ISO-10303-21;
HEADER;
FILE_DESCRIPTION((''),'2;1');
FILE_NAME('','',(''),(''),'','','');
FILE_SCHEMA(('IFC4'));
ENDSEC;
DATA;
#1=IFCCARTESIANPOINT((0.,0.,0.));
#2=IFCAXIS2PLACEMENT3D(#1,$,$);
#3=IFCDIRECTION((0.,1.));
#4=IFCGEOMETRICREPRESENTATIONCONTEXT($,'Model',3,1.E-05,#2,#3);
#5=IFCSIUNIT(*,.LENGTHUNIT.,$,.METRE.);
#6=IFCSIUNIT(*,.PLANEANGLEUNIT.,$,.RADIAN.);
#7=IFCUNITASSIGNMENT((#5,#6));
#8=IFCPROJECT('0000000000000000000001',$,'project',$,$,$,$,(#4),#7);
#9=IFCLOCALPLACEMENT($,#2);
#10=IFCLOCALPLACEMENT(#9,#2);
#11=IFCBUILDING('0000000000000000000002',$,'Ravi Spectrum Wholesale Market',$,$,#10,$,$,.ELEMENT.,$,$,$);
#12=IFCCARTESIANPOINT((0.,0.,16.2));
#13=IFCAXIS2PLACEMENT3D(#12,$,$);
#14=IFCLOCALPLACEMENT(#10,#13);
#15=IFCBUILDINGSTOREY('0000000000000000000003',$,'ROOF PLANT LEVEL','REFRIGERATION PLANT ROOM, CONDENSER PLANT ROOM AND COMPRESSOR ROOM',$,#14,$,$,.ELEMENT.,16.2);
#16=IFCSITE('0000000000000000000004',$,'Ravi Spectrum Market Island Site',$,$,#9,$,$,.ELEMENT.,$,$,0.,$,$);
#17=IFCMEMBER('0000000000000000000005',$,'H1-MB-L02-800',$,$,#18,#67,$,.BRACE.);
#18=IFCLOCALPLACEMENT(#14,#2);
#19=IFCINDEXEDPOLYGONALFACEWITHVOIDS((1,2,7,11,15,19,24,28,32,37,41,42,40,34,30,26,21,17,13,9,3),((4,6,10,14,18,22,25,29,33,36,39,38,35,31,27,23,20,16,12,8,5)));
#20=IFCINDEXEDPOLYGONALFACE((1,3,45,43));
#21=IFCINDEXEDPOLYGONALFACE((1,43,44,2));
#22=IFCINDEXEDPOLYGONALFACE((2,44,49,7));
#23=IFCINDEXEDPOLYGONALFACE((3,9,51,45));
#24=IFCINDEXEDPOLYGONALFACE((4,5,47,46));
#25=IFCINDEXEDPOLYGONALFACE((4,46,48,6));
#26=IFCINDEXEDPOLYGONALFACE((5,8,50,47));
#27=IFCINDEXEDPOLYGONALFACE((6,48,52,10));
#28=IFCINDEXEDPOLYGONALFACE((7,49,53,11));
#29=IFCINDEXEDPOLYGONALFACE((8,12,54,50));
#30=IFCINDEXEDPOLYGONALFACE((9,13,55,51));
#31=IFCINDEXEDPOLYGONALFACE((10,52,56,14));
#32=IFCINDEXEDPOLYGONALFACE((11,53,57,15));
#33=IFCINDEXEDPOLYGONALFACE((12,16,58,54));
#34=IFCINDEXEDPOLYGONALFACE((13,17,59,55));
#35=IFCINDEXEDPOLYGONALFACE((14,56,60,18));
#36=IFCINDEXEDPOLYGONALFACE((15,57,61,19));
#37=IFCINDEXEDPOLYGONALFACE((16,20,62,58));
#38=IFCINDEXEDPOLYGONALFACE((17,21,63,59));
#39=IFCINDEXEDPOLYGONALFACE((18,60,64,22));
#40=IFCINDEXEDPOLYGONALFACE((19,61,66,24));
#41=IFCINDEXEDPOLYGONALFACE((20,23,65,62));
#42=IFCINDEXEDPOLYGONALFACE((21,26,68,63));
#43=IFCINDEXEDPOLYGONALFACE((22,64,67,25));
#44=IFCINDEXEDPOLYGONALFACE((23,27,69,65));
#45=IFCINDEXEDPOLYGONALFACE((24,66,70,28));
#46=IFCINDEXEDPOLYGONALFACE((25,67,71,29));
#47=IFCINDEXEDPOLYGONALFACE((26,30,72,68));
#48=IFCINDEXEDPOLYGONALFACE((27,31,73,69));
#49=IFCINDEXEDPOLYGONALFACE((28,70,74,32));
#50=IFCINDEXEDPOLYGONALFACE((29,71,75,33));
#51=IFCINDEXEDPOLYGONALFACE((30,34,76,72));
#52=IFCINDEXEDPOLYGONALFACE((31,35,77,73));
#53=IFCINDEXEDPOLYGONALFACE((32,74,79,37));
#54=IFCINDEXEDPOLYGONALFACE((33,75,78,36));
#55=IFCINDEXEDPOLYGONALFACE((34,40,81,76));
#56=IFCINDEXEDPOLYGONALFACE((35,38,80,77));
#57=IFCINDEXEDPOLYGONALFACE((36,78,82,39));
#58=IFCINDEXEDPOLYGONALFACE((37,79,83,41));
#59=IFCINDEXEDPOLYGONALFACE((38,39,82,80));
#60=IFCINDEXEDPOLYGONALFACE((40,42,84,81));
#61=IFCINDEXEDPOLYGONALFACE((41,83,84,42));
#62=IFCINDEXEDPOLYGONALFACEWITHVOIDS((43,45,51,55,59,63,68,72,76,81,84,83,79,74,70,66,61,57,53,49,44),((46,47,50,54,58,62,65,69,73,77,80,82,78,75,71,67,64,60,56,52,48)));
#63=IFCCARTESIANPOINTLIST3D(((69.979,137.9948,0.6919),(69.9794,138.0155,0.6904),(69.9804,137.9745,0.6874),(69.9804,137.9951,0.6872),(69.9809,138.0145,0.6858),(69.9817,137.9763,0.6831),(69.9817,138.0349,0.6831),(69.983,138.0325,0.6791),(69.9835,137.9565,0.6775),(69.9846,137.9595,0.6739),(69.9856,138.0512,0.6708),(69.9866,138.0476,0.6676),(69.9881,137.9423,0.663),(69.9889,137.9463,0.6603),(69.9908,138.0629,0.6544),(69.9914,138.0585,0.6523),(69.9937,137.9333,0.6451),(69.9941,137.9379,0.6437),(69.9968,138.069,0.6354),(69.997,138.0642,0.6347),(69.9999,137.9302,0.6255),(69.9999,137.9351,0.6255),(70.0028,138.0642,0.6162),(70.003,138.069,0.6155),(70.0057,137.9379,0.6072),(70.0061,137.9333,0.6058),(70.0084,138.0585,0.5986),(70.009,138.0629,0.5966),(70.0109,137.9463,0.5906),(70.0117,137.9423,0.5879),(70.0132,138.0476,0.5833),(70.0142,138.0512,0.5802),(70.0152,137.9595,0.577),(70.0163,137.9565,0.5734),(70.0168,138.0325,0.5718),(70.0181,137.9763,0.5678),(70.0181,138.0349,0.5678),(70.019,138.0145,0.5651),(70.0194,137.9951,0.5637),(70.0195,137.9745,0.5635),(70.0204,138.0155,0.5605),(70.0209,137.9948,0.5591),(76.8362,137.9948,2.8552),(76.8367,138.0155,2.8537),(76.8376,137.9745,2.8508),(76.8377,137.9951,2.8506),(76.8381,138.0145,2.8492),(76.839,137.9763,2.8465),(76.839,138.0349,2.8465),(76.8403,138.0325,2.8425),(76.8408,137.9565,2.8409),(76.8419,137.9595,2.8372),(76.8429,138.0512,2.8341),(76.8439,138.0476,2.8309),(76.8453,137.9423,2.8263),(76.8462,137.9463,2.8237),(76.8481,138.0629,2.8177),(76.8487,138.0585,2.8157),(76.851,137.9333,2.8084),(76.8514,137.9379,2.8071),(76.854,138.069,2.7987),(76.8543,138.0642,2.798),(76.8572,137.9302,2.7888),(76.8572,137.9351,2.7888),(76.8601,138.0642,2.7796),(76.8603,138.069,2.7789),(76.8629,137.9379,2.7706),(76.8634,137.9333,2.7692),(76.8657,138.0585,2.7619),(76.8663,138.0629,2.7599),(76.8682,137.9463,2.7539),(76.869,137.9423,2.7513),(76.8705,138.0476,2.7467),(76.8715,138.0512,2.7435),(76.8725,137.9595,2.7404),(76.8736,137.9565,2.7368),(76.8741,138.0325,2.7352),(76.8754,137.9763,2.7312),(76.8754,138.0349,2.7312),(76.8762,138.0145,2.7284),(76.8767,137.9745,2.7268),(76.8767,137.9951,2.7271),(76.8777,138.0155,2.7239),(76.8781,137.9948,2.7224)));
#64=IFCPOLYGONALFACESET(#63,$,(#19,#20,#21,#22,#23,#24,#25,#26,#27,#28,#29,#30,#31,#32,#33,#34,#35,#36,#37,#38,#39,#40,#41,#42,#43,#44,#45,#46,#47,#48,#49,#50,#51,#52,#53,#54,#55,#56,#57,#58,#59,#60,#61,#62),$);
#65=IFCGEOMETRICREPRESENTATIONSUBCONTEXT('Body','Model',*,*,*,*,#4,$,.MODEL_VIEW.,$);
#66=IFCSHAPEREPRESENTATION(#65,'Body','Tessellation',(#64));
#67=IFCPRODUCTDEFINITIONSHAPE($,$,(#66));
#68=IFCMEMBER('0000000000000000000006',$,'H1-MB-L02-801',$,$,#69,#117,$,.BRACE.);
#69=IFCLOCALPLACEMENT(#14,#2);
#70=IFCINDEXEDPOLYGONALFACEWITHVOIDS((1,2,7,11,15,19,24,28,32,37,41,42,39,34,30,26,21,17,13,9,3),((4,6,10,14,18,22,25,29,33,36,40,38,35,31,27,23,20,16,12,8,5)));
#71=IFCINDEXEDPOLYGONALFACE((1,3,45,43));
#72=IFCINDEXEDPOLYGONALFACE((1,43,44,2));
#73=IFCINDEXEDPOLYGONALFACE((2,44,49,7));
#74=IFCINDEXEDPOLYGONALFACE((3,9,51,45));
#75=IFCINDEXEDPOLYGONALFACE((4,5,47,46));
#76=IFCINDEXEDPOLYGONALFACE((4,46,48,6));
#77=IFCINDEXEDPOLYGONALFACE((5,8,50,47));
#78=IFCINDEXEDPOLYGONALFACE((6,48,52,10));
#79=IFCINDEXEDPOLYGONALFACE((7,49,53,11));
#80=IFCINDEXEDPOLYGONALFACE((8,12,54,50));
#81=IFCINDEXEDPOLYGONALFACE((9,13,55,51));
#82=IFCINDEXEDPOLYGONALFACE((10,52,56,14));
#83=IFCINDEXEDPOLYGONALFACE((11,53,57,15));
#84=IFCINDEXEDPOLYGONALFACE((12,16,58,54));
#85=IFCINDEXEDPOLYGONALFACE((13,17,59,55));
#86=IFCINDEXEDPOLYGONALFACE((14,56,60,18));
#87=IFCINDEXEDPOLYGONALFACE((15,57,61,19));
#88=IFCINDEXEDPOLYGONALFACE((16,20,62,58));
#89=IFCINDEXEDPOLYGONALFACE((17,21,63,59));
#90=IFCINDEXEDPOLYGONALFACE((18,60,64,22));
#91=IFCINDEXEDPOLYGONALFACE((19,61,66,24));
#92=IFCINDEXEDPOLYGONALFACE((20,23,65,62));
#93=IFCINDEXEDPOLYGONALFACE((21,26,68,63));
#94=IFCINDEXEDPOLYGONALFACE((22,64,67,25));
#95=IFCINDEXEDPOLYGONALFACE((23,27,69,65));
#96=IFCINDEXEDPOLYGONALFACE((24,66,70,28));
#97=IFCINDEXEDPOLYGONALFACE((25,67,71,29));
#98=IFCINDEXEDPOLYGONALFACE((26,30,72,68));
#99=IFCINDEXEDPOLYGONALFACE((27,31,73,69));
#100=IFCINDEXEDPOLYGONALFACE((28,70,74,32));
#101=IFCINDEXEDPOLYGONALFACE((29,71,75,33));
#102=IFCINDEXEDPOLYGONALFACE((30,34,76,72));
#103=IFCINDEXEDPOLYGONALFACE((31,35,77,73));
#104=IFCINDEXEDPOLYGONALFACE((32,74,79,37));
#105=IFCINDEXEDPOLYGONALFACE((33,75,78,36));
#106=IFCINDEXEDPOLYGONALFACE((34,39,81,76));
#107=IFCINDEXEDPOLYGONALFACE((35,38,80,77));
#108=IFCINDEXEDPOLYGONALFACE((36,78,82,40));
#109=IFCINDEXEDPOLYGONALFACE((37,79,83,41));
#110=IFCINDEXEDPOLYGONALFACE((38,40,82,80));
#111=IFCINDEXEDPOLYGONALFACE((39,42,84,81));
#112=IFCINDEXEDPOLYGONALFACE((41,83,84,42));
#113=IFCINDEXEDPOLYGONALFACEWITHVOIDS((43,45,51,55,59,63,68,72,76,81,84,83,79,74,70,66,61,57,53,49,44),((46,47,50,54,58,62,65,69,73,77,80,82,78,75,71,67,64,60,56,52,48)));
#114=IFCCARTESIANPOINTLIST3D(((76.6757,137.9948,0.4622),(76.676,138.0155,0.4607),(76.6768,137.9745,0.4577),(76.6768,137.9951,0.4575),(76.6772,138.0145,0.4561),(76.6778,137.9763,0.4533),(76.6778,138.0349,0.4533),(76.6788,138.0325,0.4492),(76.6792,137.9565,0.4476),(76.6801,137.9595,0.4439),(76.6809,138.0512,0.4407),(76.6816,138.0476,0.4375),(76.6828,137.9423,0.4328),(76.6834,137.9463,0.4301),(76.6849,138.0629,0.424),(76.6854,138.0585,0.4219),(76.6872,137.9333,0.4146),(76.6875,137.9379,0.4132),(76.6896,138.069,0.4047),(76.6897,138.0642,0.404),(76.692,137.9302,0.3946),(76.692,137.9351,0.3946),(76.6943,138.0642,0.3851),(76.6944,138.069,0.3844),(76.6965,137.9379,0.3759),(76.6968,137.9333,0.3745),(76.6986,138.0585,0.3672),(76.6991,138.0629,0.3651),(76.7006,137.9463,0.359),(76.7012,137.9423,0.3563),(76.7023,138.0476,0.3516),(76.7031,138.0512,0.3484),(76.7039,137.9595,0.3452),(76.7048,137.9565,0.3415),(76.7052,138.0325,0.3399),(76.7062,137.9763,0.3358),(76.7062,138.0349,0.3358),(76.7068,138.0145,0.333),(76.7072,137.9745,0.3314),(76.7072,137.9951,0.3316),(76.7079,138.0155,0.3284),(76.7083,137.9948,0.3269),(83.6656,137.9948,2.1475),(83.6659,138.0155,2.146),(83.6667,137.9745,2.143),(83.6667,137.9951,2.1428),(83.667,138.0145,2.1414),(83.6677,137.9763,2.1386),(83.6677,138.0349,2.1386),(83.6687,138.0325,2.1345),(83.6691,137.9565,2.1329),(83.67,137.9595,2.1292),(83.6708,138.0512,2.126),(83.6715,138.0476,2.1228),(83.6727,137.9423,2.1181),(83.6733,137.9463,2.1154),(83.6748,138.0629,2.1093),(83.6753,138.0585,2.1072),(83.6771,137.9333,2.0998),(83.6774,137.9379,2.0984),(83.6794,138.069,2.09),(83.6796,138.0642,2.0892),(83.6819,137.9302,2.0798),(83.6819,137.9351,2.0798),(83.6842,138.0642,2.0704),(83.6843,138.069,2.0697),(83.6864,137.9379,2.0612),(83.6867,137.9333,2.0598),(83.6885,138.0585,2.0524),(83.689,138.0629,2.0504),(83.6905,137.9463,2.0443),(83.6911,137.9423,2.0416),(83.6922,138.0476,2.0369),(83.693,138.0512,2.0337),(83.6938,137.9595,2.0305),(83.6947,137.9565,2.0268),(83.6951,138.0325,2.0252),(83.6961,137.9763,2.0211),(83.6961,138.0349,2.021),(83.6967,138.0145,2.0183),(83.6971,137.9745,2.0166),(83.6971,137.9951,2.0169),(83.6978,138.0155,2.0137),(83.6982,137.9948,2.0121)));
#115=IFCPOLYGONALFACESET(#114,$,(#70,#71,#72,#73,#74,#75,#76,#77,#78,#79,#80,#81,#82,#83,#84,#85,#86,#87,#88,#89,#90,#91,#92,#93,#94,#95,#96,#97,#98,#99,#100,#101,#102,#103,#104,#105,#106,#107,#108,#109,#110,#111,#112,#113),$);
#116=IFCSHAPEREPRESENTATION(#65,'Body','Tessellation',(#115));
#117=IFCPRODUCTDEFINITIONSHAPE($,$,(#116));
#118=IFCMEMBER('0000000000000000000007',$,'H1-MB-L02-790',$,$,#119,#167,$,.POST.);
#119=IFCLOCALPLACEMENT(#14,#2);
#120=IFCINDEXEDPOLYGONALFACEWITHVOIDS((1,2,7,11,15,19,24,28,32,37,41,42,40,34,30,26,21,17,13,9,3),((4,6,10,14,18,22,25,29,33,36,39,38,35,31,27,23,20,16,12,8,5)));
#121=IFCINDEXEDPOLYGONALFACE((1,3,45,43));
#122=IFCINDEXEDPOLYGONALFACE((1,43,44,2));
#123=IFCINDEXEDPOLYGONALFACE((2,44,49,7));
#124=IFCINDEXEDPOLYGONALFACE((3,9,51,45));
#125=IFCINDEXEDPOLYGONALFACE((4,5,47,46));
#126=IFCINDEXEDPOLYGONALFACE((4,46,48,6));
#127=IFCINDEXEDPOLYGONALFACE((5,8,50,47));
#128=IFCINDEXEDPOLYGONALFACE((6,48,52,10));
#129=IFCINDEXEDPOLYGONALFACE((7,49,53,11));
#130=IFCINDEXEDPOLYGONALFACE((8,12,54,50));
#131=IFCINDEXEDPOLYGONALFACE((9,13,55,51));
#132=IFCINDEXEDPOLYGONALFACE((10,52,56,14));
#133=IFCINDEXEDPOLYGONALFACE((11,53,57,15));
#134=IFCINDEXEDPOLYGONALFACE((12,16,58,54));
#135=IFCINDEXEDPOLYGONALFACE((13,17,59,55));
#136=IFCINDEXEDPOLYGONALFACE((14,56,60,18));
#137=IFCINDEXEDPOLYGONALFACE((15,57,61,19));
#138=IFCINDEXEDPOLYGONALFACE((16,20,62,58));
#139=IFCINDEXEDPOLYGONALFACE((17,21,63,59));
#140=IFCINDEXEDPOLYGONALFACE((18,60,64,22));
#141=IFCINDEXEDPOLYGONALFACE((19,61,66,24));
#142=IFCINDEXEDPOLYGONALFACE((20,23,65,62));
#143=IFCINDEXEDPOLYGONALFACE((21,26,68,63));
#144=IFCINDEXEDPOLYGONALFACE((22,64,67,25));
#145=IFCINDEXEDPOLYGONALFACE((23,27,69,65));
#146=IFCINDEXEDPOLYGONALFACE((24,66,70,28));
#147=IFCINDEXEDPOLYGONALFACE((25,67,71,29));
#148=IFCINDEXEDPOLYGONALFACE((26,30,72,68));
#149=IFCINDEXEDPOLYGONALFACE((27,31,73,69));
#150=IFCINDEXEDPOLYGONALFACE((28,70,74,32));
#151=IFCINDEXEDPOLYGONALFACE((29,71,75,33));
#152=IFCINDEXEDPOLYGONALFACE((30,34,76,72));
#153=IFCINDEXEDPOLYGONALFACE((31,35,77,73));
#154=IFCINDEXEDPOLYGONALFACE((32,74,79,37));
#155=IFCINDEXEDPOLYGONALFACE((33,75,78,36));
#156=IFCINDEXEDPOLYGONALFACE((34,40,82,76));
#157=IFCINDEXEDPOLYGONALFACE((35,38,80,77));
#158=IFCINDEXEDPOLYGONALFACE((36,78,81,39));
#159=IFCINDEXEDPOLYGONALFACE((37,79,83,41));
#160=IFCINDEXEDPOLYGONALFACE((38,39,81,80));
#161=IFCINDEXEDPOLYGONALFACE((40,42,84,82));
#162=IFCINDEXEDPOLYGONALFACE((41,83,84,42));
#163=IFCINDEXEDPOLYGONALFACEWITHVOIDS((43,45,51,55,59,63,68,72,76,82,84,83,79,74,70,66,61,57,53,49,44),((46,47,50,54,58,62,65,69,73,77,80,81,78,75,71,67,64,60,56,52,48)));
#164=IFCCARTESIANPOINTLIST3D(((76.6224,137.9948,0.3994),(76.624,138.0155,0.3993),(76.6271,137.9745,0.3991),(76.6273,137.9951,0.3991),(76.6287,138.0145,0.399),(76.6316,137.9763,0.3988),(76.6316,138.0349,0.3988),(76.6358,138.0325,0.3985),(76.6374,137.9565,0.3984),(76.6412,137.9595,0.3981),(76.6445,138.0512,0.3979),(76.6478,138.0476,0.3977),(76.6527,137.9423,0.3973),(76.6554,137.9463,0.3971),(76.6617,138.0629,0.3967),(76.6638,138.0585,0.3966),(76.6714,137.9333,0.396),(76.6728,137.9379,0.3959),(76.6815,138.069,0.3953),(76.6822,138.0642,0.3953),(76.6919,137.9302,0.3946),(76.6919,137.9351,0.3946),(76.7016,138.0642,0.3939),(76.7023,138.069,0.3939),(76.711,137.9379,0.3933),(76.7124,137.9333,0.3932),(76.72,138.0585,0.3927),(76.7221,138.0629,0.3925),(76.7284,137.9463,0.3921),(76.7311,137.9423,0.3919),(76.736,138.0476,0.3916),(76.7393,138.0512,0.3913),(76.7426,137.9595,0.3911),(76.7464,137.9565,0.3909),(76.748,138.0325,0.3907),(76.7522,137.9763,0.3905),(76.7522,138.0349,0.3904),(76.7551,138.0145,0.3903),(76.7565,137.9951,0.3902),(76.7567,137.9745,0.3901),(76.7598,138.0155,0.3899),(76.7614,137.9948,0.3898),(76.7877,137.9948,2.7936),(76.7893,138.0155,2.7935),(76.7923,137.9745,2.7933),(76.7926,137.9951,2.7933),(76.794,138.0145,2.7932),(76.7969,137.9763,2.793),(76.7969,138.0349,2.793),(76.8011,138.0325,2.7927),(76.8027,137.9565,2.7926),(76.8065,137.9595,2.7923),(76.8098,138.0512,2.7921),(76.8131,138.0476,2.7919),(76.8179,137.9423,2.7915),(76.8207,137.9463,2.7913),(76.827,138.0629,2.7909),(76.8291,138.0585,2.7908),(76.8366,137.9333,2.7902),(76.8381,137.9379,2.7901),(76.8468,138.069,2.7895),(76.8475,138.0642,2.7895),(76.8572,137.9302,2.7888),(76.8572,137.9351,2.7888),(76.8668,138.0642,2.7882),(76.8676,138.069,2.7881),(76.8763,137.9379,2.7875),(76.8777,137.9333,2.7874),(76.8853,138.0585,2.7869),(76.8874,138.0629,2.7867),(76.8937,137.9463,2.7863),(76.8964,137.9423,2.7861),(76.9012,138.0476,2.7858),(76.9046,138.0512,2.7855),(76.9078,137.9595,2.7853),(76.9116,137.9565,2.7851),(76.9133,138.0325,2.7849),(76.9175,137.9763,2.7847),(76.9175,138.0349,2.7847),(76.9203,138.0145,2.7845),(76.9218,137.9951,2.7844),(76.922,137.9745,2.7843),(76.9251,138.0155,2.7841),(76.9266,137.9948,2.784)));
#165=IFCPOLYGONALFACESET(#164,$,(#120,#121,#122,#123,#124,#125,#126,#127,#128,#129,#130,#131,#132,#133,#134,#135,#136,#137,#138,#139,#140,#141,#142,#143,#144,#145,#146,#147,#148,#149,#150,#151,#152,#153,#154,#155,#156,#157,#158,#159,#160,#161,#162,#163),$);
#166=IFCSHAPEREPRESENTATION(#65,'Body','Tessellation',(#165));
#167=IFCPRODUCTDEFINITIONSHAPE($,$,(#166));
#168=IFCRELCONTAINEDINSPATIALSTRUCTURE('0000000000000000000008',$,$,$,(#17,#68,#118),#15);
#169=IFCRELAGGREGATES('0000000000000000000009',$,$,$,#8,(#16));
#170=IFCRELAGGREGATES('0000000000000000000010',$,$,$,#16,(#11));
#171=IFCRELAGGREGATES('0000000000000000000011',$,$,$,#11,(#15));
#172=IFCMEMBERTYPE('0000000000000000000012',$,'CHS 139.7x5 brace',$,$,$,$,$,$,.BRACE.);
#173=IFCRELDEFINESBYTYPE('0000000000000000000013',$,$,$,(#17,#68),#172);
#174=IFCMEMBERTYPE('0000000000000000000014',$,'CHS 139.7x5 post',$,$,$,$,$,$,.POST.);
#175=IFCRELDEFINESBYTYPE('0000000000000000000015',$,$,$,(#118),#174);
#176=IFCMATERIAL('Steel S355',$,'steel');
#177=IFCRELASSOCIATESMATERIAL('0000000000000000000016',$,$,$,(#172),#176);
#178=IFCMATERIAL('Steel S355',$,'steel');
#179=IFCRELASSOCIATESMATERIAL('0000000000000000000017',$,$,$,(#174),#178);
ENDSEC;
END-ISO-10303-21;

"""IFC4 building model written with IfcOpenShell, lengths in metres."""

from ifc_helpers import new_model, si_unit, direction, frame, origin, origin_2d, place, context, subcontext, project, spatial, hollow_circle, extrude, material, material_profile, profile_set, type_object, element, save


model = new_model("IFC4")

# Units and contexts
model_context = context("Model", 3, precision=1e-05, world=origin(), true_north=direction((0.0, 1.0)))
body_context = subcontext(model_context, "Body", "Model", "MODEL_VIEW")
ifc_project = project(units=[si_unit("LENGTHUNIT", "METRE"), si_unit("PLANEANGLEUNIT", "RADIAN")], contexts=[model_context])

# Site, building, storey
site_placement = place(None, origin())
site = spatial("IfcSite", under=ifc_project, at=site_placement, Name="Ravi Spectrum Market Island Site", CompositionType="ELEMENT", RefElevation=0.0)
building_placement = place(site_placement, origin())
building = spatial("IfcBuilding", under=site, at=building_placement, Name="Ravi Spectrum Wholesale Market", CompositionType="ELEMENT")
storey_placement = place(building_placement, frame((0.0, 0.0, 16.2)))
storey = spatial("IfcBuildingStorey", under=building, at=storey_placement, Name="ROOF PLANT LEVEL", Description="REFRIGERATION PLANT ROOM, CONDENSER PLANT ROOM AND COMPRESSOR ROOM", CompositionType="ELEMENT", Elevation=16.2)

# Members
ifc_material_1 = material(Name="Steel S355", Category="steel")
ifc_material_profile_1 = material_profile(ifc_material_1, hollow_circle(Radius=0.0698, WallThickness=0.0049, at=origin_2d()))
ifc_profile_set_1 = profile_set([ifc_material_profile_1], Name="Steel S355")
member_type_1 = type_object("IfcMemberType", Name="CHS 139.7x5 brace", PredefinedType="BRACE", material=ifc_profile_set_1)
member_1_placement = place(storey_placement, frame((76.8572, 138.0, 2.7888), z_axis=(-0.953666, 0.0, -0.300866), x_axis=(0.0, -1.0, 0.0)))
element("IfcMember", 1, at=member_1_placement, inside=storey, type_object=member_type_1, Name="H1-MB-L02-800", PredefinedType="BRACE", context=body_context, shape_type="SweptSolid", body=[
    extrude(hollow_circle(Radius=0.0698, WallThickness=0.0049, at=origin_2d()), origin(), (0.0, 0.0, 1.0), 7.1904),
])
member_2_placement = place(storey_placement, frame((83.6819, 138.0, 2.0798), z_axis=(-0.972144, 0.0, -0.234386), x_axis=(0.0, -1.0, 0.0)))
element("IfcMember", 2, at=member_2_placement, inside=storey, type_object=member_type_1, Name="H1-MB-L02-801", PredefinedType="BRACE", context=body_context, shape_type="SweptSolid", body=[
    extrude(hollow_circle(Radius=0.0698, WallThickness=0.0049, at=origin_2d()), origin(), (0.0, 0.0, 1.0), 7.1902),
])
ifc_material_2 = material(Name="Steel S355", Category="steel")
ifc_material_profile_2 = material_profile(ifc_material_2, hollow_circle(Radius=0.0698, WallThickness=0.0049, at=origin_2d()))
ifc_profile_set_2 = profile_set([ifc_material_profile_2], Name="Steel S355")
member_type_2 = type_object("IfcMemberType", Name="CHS 139.7x5 post", PredefinedType="POST", material=ifc_profile_set_2)
member_3_placement = place(storey_placement, frame((76.8572, 138.0, 2.7888), z_axis=(-0.068868, 0.0, -0.997626), x_axis=(0.0, -1.0, 0.0)))
element("IfcMember", 3, at=member_3_placement, inside=storey, type_object=member_type_2, Name="H1-MB-L02-790", PredefinedType="POST", context=body_context, shape_type="SweptSolid", body=[
    extrude(hollow_circle(Radius=0.0698, WallThickness=0.0049, at=origin_2d()), origin(), (0.0, 0.0, 1.0), 2.3999),
])

save(model, "model.ifc")
